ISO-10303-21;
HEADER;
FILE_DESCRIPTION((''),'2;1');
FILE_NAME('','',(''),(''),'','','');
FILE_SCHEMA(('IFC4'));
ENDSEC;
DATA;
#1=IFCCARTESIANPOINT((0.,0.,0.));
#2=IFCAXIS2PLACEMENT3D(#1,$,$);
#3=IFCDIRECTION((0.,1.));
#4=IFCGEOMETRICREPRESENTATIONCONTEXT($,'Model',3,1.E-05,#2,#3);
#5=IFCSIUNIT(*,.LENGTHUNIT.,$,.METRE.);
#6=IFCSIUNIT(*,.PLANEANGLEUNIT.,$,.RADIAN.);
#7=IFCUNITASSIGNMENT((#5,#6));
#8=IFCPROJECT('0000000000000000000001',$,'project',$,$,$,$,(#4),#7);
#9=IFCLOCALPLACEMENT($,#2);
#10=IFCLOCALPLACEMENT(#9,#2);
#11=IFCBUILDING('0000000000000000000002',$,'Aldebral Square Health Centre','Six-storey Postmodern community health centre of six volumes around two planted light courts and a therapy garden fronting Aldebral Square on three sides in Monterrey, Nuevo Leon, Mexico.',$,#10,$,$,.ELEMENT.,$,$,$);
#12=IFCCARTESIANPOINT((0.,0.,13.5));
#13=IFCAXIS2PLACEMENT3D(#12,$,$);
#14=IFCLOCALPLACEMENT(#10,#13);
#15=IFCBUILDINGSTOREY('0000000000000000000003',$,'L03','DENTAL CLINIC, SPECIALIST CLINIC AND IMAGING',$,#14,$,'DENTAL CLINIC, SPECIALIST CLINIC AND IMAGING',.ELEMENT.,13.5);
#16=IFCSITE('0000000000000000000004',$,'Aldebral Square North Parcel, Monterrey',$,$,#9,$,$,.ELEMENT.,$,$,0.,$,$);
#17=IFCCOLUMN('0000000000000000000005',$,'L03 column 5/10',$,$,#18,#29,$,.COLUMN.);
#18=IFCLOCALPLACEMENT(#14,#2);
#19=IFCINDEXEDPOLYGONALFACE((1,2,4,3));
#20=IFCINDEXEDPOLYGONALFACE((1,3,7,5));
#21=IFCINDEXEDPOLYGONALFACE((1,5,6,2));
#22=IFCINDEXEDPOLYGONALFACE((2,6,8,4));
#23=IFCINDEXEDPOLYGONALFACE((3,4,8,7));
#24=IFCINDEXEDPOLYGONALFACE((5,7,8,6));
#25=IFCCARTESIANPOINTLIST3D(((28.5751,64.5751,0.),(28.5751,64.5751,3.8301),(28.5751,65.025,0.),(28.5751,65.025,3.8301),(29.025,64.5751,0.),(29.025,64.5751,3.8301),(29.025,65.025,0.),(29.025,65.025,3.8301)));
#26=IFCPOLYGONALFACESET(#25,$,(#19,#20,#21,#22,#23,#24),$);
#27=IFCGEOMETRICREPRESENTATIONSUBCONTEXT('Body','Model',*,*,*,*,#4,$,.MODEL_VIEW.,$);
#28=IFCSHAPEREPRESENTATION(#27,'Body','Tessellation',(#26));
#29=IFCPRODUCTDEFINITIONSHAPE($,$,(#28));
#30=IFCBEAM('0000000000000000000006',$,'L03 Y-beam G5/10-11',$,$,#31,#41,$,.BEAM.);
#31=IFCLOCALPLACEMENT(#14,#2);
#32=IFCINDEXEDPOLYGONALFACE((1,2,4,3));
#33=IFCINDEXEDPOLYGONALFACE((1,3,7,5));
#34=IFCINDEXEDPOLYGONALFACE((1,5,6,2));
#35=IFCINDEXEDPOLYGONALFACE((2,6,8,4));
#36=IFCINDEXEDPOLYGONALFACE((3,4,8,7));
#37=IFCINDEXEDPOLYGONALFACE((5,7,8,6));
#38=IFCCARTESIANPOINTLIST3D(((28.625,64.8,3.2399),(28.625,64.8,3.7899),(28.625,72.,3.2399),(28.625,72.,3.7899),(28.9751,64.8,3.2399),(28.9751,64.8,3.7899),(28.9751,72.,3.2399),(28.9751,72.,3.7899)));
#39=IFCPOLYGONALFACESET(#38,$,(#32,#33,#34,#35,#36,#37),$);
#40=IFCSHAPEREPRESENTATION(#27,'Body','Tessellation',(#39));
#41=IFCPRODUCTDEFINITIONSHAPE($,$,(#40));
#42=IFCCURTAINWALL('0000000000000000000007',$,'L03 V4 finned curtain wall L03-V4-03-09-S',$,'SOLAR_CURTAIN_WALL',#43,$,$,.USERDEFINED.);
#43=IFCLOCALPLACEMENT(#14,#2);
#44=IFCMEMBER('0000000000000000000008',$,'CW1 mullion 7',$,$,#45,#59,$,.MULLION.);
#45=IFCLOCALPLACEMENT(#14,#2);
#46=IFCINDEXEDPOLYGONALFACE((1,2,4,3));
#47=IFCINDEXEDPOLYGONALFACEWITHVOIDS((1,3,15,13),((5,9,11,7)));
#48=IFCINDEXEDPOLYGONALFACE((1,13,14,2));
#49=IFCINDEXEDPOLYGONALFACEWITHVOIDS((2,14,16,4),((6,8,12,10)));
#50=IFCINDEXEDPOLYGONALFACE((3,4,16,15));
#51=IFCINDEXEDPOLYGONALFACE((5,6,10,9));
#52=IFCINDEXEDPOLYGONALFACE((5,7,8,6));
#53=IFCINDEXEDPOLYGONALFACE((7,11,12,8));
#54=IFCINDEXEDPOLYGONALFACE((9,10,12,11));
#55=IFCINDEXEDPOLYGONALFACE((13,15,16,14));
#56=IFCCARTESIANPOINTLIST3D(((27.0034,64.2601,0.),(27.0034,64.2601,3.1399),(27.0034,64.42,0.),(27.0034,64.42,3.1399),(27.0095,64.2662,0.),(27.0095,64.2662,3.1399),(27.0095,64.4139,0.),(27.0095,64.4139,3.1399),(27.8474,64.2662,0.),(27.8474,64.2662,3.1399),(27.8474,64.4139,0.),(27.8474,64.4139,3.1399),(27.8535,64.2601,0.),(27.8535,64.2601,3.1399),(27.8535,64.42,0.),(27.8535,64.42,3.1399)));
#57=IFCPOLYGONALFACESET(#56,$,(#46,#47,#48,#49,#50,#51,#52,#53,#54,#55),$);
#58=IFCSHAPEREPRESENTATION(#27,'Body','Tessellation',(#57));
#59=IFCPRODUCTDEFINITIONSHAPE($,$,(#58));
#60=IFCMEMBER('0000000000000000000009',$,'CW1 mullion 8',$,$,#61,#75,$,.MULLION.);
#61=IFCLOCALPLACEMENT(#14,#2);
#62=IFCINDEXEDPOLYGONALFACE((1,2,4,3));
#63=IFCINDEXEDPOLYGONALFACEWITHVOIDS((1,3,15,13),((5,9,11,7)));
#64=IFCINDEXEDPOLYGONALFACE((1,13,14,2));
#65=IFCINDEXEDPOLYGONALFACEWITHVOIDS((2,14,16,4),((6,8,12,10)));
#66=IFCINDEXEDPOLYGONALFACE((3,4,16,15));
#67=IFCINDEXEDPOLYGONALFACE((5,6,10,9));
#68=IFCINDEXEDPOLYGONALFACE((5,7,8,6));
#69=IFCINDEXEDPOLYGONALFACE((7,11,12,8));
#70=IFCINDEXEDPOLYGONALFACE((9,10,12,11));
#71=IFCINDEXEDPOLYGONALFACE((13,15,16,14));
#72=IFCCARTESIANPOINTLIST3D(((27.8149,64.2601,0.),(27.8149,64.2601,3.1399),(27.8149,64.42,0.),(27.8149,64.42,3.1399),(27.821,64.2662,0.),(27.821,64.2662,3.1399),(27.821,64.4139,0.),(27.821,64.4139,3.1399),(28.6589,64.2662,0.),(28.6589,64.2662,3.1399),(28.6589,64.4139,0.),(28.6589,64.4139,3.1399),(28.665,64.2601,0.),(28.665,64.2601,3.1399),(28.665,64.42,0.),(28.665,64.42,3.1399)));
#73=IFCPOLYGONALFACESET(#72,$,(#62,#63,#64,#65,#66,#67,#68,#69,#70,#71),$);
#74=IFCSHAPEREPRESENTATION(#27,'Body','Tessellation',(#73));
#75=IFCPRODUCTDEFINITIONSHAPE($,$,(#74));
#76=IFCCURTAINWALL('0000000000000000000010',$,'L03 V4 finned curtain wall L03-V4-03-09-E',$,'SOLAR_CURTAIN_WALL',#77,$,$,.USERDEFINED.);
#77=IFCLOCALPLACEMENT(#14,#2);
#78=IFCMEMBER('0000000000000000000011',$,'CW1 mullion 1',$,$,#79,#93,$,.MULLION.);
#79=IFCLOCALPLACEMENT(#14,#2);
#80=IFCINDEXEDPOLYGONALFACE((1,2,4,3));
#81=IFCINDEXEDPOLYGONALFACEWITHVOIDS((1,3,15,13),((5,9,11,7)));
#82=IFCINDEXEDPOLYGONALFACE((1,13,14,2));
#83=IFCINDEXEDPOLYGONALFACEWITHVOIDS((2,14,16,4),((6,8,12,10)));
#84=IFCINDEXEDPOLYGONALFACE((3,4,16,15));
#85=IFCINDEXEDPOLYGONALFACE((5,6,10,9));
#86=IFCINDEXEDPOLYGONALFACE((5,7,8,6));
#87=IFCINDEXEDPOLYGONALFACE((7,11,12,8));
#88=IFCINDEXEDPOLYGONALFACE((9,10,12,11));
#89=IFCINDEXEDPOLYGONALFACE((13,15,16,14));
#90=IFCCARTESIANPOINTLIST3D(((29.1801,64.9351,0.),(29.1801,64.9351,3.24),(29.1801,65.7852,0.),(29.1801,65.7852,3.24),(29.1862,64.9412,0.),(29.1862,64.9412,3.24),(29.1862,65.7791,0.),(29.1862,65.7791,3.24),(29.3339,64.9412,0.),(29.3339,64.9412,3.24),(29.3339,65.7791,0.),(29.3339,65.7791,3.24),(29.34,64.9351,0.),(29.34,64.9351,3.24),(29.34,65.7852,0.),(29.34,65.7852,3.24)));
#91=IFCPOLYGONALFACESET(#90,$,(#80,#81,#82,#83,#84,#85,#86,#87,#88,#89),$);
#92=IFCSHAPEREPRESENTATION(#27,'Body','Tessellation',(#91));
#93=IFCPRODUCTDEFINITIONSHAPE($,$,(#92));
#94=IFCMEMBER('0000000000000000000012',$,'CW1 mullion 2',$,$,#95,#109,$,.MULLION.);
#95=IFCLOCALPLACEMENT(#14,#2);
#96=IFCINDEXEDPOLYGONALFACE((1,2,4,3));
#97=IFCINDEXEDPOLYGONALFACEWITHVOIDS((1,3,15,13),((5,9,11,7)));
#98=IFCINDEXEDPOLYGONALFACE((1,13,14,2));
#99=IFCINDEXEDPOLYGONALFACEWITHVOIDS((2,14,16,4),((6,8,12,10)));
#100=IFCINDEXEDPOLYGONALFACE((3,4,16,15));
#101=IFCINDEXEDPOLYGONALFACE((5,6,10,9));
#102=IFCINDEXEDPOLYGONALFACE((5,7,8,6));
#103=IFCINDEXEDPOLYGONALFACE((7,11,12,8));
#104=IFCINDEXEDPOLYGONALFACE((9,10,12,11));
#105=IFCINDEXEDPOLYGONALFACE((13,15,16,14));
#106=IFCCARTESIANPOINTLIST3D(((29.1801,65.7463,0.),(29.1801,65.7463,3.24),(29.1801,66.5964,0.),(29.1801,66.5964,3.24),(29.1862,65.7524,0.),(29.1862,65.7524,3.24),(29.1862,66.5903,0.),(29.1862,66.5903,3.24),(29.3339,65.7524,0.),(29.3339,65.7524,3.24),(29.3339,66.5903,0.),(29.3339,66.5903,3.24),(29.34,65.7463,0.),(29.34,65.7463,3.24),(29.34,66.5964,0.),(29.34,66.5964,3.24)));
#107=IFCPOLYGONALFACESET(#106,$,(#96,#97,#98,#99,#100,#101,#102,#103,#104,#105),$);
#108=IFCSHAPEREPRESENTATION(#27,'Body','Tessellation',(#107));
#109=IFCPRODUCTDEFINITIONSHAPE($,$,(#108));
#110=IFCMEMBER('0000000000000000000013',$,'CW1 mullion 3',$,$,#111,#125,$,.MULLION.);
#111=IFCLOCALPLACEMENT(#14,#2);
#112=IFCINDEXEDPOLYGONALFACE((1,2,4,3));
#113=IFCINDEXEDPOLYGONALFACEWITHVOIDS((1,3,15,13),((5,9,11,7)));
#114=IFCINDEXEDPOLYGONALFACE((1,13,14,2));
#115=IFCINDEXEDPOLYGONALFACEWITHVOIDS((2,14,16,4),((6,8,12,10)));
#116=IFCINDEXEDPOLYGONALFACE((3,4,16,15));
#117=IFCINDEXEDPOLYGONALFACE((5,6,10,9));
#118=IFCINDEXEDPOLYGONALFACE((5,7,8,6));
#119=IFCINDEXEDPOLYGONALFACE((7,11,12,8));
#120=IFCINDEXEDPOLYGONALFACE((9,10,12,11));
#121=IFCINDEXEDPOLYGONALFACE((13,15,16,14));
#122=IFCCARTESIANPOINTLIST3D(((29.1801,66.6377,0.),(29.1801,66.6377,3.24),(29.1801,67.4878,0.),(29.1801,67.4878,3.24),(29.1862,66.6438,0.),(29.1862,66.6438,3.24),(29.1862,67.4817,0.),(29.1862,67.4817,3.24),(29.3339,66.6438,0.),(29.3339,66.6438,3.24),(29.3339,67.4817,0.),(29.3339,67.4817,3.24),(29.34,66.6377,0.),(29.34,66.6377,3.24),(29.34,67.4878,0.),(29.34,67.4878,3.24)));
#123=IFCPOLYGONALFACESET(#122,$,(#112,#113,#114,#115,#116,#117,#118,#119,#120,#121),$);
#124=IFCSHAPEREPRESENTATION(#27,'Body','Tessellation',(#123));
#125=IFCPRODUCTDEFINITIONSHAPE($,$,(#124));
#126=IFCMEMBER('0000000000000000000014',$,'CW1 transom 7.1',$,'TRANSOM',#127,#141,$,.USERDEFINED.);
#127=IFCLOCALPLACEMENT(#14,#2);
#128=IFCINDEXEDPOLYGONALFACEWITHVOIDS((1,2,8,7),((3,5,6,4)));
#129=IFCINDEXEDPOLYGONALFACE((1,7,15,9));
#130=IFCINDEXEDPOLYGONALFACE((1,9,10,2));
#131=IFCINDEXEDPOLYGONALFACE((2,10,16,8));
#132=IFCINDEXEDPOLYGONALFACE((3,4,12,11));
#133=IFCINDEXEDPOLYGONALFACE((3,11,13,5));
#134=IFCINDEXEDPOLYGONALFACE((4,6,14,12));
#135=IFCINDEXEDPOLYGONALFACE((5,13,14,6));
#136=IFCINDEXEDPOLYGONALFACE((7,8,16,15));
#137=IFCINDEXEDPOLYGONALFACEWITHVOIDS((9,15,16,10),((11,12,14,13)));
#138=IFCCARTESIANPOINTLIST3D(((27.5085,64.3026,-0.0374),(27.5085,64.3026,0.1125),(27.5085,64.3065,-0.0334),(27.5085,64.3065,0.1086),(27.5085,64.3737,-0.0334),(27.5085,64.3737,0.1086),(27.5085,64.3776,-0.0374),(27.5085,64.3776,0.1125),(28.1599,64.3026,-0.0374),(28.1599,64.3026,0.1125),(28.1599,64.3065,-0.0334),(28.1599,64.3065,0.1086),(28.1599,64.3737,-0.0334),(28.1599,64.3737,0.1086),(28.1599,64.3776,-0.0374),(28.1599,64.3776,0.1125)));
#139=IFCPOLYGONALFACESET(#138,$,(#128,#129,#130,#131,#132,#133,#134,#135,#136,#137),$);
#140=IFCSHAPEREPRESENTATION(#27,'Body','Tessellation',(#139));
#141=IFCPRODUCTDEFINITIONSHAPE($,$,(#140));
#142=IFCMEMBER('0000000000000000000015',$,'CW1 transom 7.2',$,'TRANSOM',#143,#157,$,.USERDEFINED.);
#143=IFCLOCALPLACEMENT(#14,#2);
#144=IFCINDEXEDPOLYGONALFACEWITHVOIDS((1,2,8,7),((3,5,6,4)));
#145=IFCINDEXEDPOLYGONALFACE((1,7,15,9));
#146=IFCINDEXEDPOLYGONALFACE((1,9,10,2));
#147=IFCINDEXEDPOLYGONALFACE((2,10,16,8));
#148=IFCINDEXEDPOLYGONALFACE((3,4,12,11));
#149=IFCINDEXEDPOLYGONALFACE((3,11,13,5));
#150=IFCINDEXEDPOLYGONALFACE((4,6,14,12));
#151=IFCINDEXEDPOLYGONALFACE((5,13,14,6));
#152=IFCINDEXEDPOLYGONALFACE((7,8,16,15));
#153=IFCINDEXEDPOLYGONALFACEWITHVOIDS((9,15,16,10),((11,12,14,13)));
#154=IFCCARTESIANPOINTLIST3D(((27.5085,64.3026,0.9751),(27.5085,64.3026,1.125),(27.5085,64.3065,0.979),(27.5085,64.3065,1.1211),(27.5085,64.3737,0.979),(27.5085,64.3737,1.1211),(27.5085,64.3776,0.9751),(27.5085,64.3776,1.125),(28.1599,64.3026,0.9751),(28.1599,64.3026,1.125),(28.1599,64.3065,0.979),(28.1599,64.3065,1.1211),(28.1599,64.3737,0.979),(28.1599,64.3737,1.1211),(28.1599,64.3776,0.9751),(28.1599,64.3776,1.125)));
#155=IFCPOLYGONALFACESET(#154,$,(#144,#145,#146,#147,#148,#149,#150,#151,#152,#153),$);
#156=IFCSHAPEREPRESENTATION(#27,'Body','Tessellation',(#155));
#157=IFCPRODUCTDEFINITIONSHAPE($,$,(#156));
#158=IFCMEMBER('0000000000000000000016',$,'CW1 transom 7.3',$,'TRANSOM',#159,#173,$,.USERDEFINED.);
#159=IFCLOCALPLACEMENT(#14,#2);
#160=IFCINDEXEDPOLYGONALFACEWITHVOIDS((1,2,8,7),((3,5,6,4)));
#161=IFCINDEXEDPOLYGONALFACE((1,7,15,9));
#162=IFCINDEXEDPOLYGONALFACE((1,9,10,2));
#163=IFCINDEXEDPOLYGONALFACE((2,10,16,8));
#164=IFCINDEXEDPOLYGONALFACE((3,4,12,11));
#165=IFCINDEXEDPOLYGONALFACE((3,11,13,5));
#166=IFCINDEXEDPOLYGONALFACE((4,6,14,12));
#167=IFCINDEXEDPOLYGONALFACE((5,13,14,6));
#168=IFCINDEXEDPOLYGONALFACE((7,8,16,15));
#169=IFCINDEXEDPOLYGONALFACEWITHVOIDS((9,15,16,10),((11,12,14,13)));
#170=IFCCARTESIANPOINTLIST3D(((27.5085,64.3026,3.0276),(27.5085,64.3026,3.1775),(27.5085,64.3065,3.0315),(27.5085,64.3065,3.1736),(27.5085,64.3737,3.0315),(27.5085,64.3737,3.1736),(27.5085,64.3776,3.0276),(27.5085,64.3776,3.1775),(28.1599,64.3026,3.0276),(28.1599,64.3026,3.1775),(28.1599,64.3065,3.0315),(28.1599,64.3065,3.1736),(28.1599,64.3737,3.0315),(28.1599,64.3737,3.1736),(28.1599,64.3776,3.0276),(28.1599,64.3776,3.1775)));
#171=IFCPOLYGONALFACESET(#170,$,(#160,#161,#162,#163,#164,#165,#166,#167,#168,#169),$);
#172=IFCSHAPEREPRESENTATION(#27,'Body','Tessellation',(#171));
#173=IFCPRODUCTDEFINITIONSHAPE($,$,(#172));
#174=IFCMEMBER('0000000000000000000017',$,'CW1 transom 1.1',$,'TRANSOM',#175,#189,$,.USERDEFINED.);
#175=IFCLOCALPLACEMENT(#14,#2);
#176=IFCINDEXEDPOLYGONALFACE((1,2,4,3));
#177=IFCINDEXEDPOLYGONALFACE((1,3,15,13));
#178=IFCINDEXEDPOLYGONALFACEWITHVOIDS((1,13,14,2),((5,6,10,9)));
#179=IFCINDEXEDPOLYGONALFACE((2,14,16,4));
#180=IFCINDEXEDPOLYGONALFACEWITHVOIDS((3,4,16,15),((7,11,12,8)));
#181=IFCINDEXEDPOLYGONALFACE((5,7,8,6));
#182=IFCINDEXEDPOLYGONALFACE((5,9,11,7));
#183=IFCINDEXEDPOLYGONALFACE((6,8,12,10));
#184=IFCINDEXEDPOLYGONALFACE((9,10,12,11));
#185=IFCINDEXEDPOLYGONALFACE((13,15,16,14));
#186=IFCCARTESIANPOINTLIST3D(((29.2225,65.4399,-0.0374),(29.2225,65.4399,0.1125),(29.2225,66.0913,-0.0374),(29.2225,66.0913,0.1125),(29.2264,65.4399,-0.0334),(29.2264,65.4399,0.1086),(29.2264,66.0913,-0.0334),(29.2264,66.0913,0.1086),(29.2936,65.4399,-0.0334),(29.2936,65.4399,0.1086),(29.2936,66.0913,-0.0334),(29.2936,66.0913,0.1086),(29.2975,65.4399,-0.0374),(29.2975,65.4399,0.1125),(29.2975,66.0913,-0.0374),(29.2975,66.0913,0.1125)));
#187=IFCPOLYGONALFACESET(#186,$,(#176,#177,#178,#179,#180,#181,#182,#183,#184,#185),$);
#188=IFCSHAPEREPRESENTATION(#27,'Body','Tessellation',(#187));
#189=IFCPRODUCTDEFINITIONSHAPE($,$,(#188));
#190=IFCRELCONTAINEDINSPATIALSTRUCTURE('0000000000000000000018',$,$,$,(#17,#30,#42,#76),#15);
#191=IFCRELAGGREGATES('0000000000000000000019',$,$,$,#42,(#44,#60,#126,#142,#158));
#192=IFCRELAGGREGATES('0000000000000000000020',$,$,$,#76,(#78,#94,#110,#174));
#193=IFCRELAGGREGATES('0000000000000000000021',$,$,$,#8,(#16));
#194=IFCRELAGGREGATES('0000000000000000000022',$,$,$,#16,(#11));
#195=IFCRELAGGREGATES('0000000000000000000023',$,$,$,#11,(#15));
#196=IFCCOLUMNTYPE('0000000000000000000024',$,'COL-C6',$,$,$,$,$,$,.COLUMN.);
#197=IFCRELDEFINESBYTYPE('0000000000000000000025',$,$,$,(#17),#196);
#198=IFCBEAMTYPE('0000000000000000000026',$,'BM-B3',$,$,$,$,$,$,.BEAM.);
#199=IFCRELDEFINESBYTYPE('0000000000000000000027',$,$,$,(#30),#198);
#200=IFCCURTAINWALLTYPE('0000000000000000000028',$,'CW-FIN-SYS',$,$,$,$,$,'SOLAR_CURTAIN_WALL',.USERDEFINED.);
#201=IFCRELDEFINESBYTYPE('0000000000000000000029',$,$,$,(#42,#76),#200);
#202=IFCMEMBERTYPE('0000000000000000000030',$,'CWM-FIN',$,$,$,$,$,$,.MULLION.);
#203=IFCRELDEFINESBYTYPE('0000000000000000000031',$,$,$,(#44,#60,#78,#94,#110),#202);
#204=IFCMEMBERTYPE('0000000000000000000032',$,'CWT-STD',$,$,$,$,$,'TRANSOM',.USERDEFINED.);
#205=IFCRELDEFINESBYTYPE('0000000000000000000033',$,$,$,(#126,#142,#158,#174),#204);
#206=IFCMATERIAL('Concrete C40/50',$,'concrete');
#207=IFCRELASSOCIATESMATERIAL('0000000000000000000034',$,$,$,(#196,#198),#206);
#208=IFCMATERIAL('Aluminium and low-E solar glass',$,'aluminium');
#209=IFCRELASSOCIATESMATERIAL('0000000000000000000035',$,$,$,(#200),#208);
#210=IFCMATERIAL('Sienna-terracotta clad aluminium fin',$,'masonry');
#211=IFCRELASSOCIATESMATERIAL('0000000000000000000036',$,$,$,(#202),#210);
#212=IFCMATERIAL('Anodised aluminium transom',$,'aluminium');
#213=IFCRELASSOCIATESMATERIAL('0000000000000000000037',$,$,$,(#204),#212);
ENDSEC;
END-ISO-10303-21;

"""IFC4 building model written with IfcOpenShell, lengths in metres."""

from ifc_helpers import new_model, si_unit, direction, frame, origin, origin_2d, place, context, subcontext, project, spatial, rectangle, hollow_rectangle, extrude, material, material_profile, profile_set, type_object, element, aggregate, save


model = new_model("IFC4")

# Units and contexts
model_context = context("Model", 3, precision=1e-05, world=origin(), true_north=direction((0.0, 1.0)))
body_context = subcontext(model_context, "Body", "Model", "MODEL_VIEW")
ifc_project = project(units=[si_unit("LENGTHUNIT", "METRE"), si_unit("PLANEANGLEUNIT", "RADIAN")], contexts=[model_context])

# Site, building, storey
site_placement = place(None, origin())
site = spatial("IfcSite", under=ifc_project, at=site_placement, Name="Aldebral Square North Parcel, Monterrey", CompositionType="ELEMENT", RefElevation=0.0)
building_placement = place(site_placement, origin())
building = spatial("IfcBuilding", under=site, at=building_placement, Name="Aldebral Square Health Centre", Description="Six-storey Postmodern community health centre of six volumes around two planted light courts and a therapy garden fronting Aldebral Square on three sides in Monterrey, Nuevo Leon, Mexico.", CompositionType="ELEMENT")
storey_placement = place(building_placement, frame((0.0, 0.0, 13.5)))
storey = spatial("IfcBuildingStorey", under=building, at=storey_placement, Name="L03", Description="DENTAL CLINIC, SPECIALIST CLINIC AND IMAGING", LongName="DENTAL CLINIC, SPECIALIST CLINIC AND IMAGING", CompositionType="ELEMENT", Elevation=13.5)

# Column
ifc_material_1 = material(Name="Concrete C40/50", Category="concrete")
ifc_material_profile_1 = material_profile(ifc_material_1, rectangle(XDim=0.45, YDim=0.45, at=origin_2d()), Name="RC 450x450")
ifc_profile_set_1 = profile_set([ifc_material_profile_1], Name="Concrete C40/50")
column_type = type_object("IfcColumnType", Name="COL-C6", PredefinedType="COLUMN", material=ifc_profile_set_1)
column_placement = place(storey_placement, frame((28.8, 64.8, 0.0), z_axis=(0.0, 0.0, 1.0), x_axis=(1.0, 0.0, 0.0)))
element("IfcColumn", 1, at=column_placement, inside=storey, type_object=column_type, Name="L03 column 5/10", PredefinedType="COLUMN", context=body_context, shape_type="SweptSolid", body=[
    extrude(rectangle(XDim=0.45, YDim=0.45, at=origin_2d()), origin(), (0.0, 0.0, 1.0), 3.8301),
])

# Beam
ifc_material_profile_2 = material_profile(ifc_material_1, rectangle(XDim=0.3501, YDim=0.55, at=origin_2d()), Name="RC 350x550")
ifc_profile_set_2 = profile_set([ifc_material_profile_2], Name="Concrete C40/50")
beam_type = type_object("IfcBeamType", Name="BM-B3", PredefinedType="BEAM", material=ifc_profile_set_2)
beam_placement = place(storey_placement, frame((28.8, 64.8, 3.5149), z_axis=(0.0, 1.0, 0.0), x_axis=(-1.0, 0.0, 0.0)))
element("IfcBeam", 2, at=beam_placement, inside=storey, type_object=beam_type, Name="L03 Y-beam G5/10-11", PredefinedType="BEAM", context=body_context, shape_type="SweptSolid", body=[
    extrude(rectangle(XDim=0.3501, YDim=0.55, at=origin_2d()), origin(), (0.0, 0.0, 1.0), 7.2),
])

# Curtain walls, members
ifc_material_2 = material(Name="Aluminium and low-E solar glass", Category="aluminium")
curtain_wall_type = type_object("IfcCurtainWallType", Name="CW-FIN-SYS", ElementType="SOLAR_CURTAIN_WALL", PredefinedType="USERDEFINED", material=ifc_material_2)
curtain_wall_1_placement = place(storey_placement, origin())
curtain_wall_1 = element("IfcCurtainWall", 3, at=curtain_wall_1_placement, inside=storey, type_object=curtain_wall_type, Name="L03 V4 finned curtain wall L03-V4-03-09-S", ObjectType="SOLAR_CURTAIN_WALL", PredefinedType="USERDEFINED")
ifc_material_3 = material(Name="Sienna-terracotta clad aluminium fin", Category="masonry")
ifc_material_profile_3 = material_profile(ifc_material_3, hollow_rectangle(XDim=0.1599, YDim=0.8501, WallThickness=0.0061, at=origin_2d()), Name="FIN 160x850x6")
ifc_profile_set_3 = profile_set([ifc_material_profile_3], Name="Sienna-terracotta clad aluminium fin")
member_type_1 = type_object("IfcMemberType", Name="CWM-FIN", PredefinedType="MULLION", material=ifc_profile_set_3)
member_1_placement = place(storey_placement, frame((27.4285, 64.3401, 0.0), z_axis=(0.0, 0.0, 1.0), x_axis=(0.0, 1.0, 0.0)))
member_1 = element("IfcMember", 4, at=member_1_placement, type_object=member_type_1, Name="CW1 mullion 7", PredefinedType="MULLION", context=body_context, shape_type="SweptSolid", body=[
    extrude(hollow_rectangle(XDim=0.1599, YDim=0.8501, WallThickness=0.0061, at=origin_2d()), origin(), (0.0, 0.0, 1.0), 3.1399),
])
member_2_placement = place(storey_placement, frame((28.24, 64.3401, 0.0), z_axis=(0.0, 0.0, 1.0), x_axis=(0.0, 1.0, 0.0)))
member_2 = element("IfcMember", 5, at=member_2_placement, type_object=member_type_1, Name="CW1 mullion 8", PredefinedType="MULLION", context=body_context, shape_type="SweptSolid", body=[
    extrude(hollow_rectangle(XDim=0.1599, YDim=0.8501, WallThickness=0.0061, at=origin_2d()), origin(), (0.0, 0.0, 1.0), 3.1399),
])
curtain_wall_2_placement = place(storey_placement, origin())
curtain_wall_2 = element("IfcCurtainWall", 6, at=curtain_wall_2_placement, inside=storey, type_object=curtain_wall_type, Name="L03 V4 finned curtain wall L03-V4-03-09-E", ObjectType="SOLAR_CURTAIN_WALL", PredefinedType="USERDEFINED")
member_3_placement = place(storey_placement, frame((29.26, 65.3601, 0.0), z_axis=(0.0, 0.0, 1.0), x_axis=(-1.0, 0.0, 0.0)))
member_3 = element("IfcMember", 7, at=member_3_placement, type_object=member_type_1, Name="CW1 mullion 1", PredefinedType="MULLION", context=body_context, shape_type="SweptSolid", body=[
    extrude(hollow_rectangle(XDim=0.1599, YDim=0.8501, WallThickness=0.0061, at=origin_2d()), origin(), (0.0, 0.0, 1.0), 3.24),
])
member_4_placement = place(storey_placement, frame((29.26, 66.1714, 0.0), z_axis=(0.0, 0.0, 1.0), x_axis=(-1.0, 0.0, 0.0)))
member_4 = element("IfcMember", 8, at=member_4_placement, type_object=member_type_1, Name="CW1 mullion 2", PredefinedType="MULLION", context=body_context, shape_type="SweptSolid", body=[
    extrude(hollow_rectangle(XDim=0.1599, YDim=0.8501, WallThickness=0.0061, at=origin_2d()), origin(), (0.0, 0.0, 1.0), 3.24),
])
member_5_placement = place(storey_placement, frame((29.26, 67.0627, 0.0), z_axis=(0.0, 0.0, 1.0), x_axis=(-1.0, 0.0, 0.0)))
member_5 = element("IfcMember", 9, at=member_5_placement, type_object=member_type_1, Name="CW1 mullion 3", PredefinedType="MULLION", context=body_context, shape_type="SweptSolid", body=[
    extrude(hollow_rectangle(XDim=0.1599, YDim=0.8501, WallThickness=0.0061, at=origin_2d()), origin(), (0.0, 0.0, 1.0), 3.24),
])

# Members
ifc_material_4 = material(Name="Anodised aluminium transom", Category="aluminium")
ifc_material_profile_4 = material_profile(ifc_material_4, hollow_rectangle(XDim=0.075, YDim=0.1499, WallThickness=0.0039, at=origin_2d()), Name="CWT 75x150x4")
ifc_profile_set_4 = profile_set([ifc_material_profile_4], Name="Anodised aluminium transom")
member_type_2 = type_object("IfcMemberType", Name="CWT-STD", ElementType="TRANSOM", PredefinedType="USERDEFINED", material=ifc_profile_set_4)
member_6_placement = place(storey_placement, frame((27.5085, 64.3401, 0.0376), z_axis=(1.0, 0.0, 0.0), x_axis=(0.0, 1.0, 0.0)))
member_6 = element("IfcMember", 10, at=member_6_placement, type_object=member_type_2, Name="CW1 transom 7.1", ObjectType="TRANSOM", PredefinedType="USERDEFINED", context=body_context, shape_type="SweptSolid", body=[
    extrude(hollow_rectangle(XDim=0.075, YDim=0.1499, WallThickness=0.0039, at=origin_2d()), origin(), (0.0, 0.0, 1.0), 0.6514),
])
member_7_placement = place(storey_placement, frame((27.5085, 64.3401, 1.05), z_axis=(1.0, 0.0, 0.0), x_axis=(0.0, 1.0, 0.0)))
member_7 = element("IfcMember", 11, at=member_7_placement, type_object=member_type_2, Name="CW1 transom 7.2", ObjectType="TRANSOM", PredefinedType="USERDEFINED", context=body_context, shape_type="SweptSolid", body=[
    extrude(hollow_rectangle(XDim=0.075, YDim=0.1499, WallThickness=0.0039, at=origin_2d()), origin(), (0.0, 0.0, 1.0), 0.6514),
])
member_8_placement = place(storey_placement, frame((27.5085, 64.3401, 3.1025), z_axis=(1.0, 0.0, 0.0), x_axis=(0.0, 1.0, 0.0)))
member_8 = element("IfcMember", 12, at=member_8_placement, type_object=member_type_2, Name="CW1 transom 7.3", ObjectType="TRANSOM", PredefinedType="USERDEFINED", context=body_context, shape_type="SweptSolid", body=[
    extrude(hollow_rectangle(XDim=0.075, YDim=0.1499, WallThickness=0.0039, at=origin_2d()), origin(), (0.0, 0.0, 1.0), 0.6514),
])
member_9_placement = place(storey_placement, frame((29.26, 65.4399, 0.0376), z_axis=(0.0, 1.0, 0.0), x_axis=(-1.0, 0.0, 0.0)))
member_9 = element("IfcMember", 13, at=member_9_placement, type_object=member_type_2, Name="CW1 transom 1.1", ObjectType="TRANSOM", PredefinedType="USERDEFINED", context=body_context, shape_type="SweptSolid", body=[
    extrude(hollow_rectangle(XDim=0.075, YDim=0.1499, WallThickness=0.0039, at=origin_2d()), origin(), (0.0, 0.0, 1.0), 0.6514),
])

aggregate(curtain_wall_1, [member_1, member_2, member_6, member_7, member_8])
aggregate(curtain_wall_2, [member_3, member_4, member_5, member_9])

save(model, "model.ifc")
